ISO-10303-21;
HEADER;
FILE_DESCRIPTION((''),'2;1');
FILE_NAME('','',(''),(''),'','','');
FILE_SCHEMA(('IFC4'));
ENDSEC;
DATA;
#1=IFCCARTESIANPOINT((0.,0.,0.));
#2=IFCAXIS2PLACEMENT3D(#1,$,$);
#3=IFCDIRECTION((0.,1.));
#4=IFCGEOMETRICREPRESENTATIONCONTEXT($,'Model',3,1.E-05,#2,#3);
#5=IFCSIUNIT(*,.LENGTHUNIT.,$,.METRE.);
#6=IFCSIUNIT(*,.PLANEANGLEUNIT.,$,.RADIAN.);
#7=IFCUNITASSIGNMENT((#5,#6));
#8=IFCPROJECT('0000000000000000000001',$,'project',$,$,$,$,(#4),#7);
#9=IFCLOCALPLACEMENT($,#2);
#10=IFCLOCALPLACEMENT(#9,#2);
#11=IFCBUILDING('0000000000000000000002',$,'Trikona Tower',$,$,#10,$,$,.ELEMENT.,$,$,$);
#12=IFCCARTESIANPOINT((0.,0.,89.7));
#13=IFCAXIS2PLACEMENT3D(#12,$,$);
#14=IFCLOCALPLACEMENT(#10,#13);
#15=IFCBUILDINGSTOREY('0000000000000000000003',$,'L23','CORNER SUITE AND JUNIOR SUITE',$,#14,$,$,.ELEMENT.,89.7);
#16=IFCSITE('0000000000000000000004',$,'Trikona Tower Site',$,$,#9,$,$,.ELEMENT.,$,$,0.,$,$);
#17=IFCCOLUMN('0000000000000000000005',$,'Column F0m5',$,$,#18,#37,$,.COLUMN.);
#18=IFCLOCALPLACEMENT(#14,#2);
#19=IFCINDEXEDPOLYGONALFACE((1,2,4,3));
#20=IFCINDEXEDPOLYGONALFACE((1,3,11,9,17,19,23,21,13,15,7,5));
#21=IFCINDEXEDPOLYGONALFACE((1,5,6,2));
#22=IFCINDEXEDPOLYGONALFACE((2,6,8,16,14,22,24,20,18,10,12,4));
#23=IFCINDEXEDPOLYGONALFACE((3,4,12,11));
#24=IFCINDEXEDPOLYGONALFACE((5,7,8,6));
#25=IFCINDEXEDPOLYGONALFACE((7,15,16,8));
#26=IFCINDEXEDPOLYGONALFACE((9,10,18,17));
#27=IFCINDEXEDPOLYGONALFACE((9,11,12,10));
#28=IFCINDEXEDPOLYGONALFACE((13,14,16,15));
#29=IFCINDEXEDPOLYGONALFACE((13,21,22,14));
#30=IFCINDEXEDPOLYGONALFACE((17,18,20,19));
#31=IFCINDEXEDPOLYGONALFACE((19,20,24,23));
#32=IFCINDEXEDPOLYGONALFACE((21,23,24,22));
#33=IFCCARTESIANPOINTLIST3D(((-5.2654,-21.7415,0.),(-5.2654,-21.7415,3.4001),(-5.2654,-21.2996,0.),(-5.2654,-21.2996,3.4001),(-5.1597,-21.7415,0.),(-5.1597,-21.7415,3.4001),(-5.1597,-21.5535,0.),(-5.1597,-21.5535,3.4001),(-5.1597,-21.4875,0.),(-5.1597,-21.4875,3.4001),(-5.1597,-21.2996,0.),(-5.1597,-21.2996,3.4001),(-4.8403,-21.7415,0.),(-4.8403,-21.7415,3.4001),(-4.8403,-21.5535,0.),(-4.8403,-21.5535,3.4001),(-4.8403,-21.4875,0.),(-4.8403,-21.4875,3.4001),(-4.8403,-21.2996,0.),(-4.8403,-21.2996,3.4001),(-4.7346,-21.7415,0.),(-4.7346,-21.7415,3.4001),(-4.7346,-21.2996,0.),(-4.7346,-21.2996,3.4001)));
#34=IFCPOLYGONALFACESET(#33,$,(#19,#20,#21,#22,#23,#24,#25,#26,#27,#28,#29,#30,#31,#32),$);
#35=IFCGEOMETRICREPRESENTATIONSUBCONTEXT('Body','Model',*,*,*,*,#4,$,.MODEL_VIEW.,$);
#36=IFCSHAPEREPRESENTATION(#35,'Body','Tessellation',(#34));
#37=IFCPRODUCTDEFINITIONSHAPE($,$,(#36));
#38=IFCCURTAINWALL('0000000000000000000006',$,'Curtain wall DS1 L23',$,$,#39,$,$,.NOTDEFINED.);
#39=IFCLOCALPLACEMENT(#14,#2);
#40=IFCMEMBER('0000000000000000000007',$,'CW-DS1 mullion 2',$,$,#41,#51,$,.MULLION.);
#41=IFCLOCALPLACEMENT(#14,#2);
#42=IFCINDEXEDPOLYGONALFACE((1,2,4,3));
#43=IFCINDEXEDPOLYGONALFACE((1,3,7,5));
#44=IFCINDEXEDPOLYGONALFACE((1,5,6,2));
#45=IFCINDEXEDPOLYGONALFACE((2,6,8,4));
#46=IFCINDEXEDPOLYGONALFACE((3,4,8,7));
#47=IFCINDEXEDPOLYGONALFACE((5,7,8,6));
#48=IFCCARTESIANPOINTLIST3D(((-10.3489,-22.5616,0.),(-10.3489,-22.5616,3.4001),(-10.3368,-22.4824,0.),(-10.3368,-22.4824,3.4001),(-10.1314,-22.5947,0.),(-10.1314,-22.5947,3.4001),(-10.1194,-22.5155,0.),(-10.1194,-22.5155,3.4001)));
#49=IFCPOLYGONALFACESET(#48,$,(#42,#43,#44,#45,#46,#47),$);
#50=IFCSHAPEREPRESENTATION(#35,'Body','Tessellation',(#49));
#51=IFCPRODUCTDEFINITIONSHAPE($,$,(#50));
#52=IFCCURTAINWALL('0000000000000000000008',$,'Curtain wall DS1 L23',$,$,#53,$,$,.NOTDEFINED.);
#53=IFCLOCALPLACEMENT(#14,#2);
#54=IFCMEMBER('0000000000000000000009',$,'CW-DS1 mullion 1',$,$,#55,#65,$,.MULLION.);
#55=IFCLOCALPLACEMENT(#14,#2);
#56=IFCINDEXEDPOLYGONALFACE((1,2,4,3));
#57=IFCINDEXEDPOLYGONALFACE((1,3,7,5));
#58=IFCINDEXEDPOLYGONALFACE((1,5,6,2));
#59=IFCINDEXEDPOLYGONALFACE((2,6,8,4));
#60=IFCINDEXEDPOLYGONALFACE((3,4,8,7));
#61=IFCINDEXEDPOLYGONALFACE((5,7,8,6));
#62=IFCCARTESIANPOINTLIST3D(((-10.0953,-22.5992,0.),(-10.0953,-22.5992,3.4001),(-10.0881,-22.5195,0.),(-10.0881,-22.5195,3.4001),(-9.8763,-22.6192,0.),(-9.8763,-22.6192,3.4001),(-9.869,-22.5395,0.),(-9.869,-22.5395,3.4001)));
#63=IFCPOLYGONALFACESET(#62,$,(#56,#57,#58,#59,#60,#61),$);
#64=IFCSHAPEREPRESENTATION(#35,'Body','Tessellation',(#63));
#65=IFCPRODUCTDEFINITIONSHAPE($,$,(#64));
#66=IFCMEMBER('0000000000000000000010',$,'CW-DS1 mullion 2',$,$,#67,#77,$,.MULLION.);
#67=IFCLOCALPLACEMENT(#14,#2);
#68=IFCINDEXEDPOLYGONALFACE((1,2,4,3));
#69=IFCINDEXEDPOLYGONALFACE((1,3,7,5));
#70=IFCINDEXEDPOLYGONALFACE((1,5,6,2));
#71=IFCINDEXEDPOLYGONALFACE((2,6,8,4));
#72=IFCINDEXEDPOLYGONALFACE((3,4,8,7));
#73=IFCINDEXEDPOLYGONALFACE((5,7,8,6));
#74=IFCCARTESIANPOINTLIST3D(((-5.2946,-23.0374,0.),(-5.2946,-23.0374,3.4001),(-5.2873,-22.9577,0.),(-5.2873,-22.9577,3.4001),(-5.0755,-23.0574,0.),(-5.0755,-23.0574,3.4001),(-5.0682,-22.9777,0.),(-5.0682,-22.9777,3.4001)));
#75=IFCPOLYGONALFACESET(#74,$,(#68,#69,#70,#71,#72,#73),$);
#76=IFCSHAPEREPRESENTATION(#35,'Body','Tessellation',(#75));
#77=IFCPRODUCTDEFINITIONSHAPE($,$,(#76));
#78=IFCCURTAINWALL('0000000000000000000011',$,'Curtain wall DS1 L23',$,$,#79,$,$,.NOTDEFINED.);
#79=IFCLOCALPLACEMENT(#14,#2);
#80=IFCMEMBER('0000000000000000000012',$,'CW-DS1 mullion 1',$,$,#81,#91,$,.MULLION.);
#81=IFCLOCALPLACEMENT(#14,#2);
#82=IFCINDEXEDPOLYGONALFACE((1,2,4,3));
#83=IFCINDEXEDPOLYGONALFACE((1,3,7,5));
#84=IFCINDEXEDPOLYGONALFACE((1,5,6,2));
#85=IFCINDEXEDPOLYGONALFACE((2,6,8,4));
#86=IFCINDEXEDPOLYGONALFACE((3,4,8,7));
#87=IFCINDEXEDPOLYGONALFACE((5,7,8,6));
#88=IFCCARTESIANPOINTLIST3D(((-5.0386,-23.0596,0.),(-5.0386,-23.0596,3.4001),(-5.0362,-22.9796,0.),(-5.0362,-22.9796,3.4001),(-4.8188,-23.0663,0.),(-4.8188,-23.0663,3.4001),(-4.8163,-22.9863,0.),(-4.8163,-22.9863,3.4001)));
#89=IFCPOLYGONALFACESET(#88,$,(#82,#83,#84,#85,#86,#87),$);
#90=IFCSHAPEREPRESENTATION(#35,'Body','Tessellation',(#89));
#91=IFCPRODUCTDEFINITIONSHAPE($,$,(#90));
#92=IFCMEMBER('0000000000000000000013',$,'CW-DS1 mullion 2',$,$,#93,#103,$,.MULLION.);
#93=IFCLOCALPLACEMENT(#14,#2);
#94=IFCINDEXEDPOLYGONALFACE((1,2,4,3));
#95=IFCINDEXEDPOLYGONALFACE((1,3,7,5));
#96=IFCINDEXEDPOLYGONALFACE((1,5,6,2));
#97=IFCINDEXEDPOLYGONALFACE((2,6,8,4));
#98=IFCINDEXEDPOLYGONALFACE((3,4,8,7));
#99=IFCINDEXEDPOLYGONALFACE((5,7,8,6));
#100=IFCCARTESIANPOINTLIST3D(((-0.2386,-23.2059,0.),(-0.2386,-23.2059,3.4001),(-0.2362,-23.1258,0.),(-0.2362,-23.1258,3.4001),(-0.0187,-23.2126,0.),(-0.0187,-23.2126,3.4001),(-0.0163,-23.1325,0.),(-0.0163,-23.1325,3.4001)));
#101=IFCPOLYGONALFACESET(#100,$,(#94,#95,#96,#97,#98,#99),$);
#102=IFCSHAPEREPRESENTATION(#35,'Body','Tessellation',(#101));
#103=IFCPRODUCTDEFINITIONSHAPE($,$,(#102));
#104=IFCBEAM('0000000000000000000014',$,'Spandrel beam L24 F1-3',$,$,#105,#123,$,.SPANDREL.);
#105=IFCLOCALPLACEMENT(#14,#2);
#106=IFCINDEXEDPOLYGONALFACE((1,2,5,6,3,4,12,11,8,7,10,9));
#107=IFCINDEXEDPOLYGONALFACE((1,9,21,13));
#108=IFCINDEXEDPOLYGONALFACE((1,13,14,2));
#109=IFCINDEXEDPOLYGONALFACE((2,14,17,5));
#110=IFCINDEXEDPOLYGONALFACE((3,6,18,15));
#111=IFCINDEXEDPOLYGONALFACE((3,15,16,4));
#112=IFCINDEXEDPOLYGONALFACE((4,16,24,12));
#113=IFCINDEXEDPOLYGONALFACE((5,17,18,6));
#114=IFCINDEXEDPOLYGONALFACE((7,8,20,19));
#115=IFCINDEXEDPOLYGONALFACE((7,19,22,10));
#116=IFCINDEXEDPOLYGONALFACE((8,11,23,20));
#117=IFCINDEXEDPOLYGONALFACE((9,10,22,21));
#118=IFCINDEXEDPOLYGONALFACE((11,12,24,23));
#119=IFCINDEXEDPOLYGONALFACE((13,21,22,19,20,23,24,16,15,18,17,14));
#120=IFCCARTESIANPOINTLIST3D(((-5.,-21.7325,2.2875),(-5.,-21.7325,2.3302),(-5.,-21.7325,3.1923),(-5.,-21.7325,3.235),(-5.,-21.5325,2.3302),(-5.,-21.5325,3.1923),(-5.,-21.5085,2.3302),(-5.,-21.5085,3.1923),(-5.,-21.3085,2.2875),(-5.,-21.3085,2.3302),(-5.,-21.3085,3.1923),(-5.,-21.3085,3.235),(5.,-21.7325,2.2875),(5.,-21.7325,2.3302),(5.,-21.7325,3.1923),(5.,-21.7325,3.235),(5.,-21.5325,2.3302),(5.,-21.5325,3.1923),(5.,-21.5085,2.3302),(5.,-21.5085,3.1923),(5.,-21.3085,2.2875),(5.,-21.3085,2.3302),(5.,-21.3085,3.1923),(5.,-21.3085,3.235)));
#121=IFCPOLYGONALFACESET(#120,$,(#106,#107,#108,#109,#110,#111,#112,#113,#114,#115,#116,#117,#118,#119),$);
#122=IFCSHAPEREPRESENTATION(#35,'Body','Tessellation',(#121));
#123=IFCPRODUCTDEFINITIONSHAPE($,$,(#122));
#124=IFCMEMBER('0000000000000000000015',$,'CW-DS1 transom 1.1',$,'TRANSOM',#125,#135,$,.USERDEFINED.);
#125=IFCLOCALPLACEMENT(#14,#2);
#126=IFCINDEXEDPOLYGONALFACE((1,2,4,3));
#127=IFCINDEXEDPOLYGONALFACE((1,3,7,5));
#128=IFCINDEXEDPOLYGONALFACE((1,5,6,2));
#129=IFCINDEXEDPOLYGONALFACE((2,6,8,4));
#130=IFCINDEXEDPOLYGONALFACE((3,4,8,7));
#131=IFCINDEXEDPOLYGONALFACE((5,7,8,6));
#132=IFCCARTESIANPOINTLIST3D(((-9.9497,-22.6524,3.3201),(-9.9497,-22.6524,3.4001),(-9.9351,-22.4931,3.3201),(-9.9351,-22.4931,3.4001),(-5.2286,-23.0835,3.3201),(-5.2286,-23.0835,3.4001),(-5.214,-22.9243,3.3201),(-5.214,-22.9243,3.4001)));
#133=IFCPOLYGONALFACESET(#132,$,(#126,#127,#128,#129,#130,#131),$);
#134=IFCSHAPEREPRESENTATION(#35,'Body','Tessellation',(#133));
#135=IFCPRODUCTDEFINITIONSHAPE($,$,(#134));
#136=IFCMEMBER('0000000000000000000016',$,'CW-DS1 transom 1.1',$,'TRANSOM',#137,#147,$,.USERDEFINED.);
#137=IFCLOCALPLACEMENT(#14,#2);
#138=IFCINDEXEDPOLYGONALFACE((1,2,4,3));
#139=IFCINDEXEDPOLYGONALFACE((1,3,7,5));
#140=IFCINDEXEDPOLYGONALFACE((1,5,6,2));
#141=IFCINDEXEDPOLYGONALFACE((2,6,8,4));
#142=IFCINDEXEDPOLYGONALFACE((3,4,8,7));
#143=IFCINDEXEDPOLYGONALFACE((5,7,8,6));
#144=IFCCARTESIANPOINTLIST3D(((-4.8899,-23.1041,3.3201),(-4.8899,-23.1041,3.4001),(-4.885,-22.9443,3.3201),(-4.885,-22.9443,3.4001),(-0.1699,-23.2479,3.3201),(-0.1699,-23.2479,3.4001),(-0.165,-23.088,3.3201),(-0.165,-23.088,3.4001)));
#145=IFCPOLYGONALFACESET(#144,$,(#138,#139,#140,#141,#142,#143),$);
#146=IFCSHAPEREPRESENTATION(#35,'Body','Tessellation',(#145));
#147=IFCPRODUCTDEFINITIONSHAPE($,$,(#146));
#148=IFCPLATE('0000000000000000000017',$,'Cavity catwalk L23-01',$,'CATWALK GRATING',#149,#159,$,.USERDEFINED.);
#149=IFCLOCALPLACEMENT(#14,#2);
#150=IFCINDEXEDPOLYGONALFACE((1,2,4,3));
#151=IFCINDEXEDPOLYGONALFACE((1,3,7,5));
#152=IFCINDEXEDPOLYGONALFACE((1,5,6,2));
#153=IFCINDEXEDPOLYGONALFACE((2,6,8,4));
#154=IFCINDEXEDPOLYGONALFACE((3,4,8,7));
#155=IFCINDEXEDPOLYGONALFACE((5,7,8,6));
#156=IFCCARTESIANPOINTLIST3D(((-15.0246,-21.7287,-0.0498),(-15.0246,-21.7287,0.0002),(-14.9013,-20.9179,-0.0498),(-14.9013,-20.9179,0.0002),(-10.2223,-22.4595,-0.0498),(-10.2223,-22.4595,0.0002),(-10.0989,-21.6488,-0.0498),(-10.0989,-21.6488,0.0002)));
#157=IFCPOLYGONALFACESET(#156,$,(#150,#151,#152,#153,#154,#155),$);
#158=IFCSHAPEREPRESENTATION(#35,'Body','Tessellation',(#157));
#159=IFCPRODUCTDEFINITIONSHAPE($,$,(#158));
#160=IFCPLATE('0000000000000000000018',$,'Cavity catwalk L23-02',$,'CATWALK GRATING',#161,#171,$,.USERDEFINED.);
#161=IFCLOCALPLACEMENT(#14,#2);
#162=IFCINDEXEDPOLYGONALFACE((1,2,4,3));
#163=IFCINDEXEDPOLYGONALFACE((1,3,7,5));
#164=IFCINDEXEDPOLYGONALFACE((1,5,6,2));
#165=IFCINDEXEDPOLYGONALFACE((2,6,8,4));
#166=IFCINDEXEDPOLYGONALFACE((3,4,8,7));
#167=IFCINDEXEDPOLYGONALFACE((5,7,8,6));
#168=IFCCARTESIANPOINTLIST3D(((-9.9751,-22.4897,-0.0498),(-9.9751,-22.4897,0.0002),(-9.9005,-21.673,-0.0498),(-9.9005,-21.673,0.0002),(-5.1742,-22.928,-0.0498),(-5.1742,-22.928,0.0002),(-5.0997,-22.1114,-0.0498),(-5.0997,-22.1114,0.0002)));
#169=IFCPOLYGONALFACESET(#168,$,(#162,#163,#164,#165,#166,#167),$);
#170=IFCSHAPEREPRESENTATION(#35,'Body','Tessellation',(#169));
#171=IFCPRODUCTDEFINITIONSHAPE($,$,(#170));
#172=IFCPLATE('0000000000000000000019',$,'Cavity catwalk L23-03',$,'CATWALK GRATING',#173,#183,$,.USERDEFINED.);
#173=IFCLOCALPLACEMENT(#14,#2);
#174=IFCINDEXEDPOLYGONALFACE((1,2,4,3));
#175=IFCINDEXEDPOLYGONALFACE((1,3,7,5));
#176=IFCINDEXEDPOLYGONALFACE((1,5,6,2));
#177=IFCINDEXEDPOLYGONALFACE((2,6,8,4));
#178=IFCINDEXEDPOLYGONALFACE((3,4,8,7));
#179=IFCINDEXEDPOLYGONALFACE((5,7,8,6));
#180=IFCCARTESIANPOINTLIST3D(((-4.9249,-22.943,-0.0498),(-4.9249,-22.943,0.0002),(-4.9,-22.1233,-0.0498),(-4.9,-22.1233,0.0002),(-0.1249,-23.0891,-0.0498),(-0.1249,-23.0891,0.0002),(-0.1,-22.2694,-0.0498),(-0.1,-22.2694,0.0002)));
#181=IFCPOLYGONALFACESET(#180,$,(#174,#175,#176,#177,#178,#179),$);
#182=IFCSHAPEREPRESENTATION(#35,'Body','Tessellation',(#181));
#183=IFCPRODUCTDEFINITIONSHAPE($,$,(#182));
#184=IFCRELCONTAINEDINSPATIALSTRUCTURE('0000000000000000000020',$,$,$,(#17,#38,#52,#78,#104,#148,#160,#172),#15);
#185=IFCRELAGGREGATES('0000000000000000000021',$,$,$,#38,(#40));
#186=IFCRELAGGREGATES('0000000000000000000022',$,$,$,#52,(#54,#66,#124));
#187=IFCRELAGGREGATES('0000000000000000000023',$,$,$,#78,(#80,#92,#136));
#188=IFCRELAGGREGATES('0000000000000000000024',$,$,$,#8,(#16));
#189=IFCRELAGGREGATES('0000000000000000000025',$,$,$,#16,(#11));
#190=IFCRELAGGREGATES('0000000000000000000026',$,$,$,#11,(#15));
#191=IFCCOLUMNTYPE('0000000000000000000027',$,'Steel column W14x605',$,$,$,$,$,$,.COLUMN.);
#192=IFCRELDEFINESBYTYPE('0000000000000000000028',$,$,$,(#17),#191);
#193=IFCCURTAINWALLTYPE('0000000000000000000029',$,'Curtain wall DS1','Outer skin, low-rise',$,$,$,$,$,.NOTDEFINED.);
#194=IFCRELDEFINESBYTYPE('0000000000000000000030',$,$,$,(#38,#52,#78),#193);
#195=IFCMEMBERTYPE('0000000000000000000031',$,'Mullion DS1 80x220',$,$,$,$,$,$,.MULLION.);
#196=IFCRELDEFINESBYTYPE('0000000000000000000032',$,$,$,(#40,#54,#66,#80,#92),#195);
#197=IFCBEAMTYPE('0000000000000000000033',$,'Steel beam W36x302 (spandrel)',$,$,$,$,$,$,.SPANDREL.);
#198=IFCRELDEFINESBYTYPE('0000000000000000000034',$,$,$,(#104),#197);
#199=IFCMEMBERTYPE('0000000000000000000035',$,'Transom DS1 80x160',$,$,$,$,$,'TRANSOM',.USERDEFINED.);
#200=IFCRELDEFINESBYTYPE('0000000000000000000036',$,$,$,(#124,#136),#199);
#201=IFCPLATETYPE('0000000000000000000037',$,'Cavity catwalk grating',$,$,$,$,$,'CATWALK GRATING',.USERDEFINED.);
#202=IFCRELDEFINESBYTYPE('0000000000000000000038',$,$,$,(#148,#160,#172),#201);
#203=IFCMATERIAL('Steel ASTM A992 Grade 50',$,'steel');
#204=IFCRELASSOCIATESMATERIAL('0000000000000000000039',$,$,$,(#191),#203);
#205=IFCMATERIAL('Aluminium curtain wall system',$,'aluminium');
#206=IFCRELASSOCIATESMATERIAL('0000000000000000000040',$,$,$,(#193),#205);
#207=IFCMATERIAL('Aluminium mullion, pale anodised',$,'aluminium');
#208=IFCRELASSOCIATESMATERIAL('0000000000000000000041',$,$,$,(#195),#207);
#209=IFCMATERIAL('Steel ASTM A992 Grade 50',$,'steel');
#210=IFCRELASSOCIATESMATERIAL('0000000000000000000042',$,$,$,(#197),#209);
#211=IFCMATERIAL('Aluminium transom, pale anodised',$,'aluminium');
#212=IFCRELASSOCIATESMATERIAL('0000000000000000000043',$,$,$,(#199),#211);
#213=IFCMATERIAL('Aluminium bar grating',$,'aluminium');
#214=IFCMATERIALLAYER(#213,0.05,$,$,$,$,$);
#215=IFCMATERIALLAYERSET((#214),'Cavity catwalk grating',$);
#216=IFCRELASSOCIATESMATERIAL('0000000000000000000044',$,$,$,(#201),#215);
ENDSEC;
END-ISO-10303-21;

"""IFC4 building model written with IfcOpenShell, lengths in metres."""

from ifc_helpers import new_model, si_unit, direction, frame, origin, origin_2d, place, context, subcontext, project, spatial, rectangle, i_section, extrude, material, layer, layer_set, material_profile, profile_set, type_object, element, aggregate, save


model = new_model("IFC4")

# Units and contexts
model_context = context("Model", 3, precision=1e-05, world=origin(), true_north=direction((0.0, 1.0)))
body_context = subcontext(model_context, "Body", "Model", "MODEL_VIEW")
ifc_project = project(units=[si_unit("LENGTHUNIT", "METRE"), si_unit("PLANEANGLEUNIT", "RADIAN")], contexts=[model_context])

# Site, building, storey
site_placement = place(None, origin())
site = spatial("IfcSite", under=ifc_project, at=site_placement, Name="Trikona Tower Site", CompositionType="ELEMENT", RefElevation=0.0)
building_placement = place(site_placement, origin())
building = spatial("IfcBuilding", under=site, at=building_placement, Name="Trikona Tower", CompositionType="ELEMENT")
storey_placement = place(building_placement, frame((0.0, 0.0, 89.7)))
storey = spatial("IfcBuildingStorey", under=building, at=storey_placement, Name="L23", Description="CORNER SUITE AND JUNIOR SUITE", CompositionType="ELEMENT", Elevation=89.7)

# Column
ifc_material_1 = material(Name="Steel ASTM A992 Grade 50", Category="steel")
ifc_material_profile_1 = material_profile(ifc_material_1, i_section(OverallWidth=0.4419, OverallDepth=0.5308, WebThickness=0.0659, FlangeThickness=0.1057, at=origin_2d()), Name="W14X605")
ifc_profile_set_1 = profile_set([ifc_material_profile_1], Name="Steel ASTM A992 Grade 50")
column_type = type_object("IfcColumnType", Name="Steel column W14x605", PredefinedType="COLUMN", material=ifc_profile_set_1)
column_placement = place(storey_placement, frame((-5.0, -21.5205, 0.0), z_axis=(0.0, 0.0, 1.0), x_axis=(0.0, -1.0, 0.0)))
element("IfcColumn", 1, at=column_placement, inside=storey, type_object=column_type, Name="Column F0m5", PredefinedType="COLUMN", context=body_context, shape_type="SweptSolid", body=[
    extrude(i_section(OverallWidth=0.4419, OverallDepth=0.5308, WebThickness=0.0659, FlangeThickness=0.1057, at=origin_2d()), origin(), (0.0, 0.0, 1.0), 3.4001),
])

# Curtain wall, member
ifc_material_2 = material(Name="Aluminium curtain wall system", Category="aluminium")
curtain_wall_type = type_object("IfcCurtainWallType", Name="Curtain wall DS1", Description="Outer skin, low-rise", PredefinedType="NOTDEFINED", material=ifc_material_2)
curtain_wall_1_placement = place(storey_placement, origin())
curtain_wall_1 = element("IfcCurtainWall", 2, at=curtain_wall_1_placement, inside=storey, type_object=curtain_wall_type, Name="Curtain wall DS1 L23", PredefinedType="NOTDEFINED")
ifc_material_3 = material(Name="Aluminium mullion, pale anodised", Category="aluminium")
ifc_material_profile_2 = material_profile(ifc_material_3, rectangle(XDim=0.0801, YDim=0.22, at=origin_2d()), Name="MUL-DS1")
ifc_profile_set_2 = profile_set([ifc_material_profile_2], Name="Aluminium mullion, pale anodised")
member_type_1 = type_object("IfcMemberType", Name="Mullion DS1 80x220", PredefinedType="MULLION", material=ifc_profile_set_2)
member_1_placement = place(storey_placement, frame((-10.2341, -22.5386, 0.0), z_axis=(0.0, 0.0, 1.0), x_axis=(0.150438, 0.988619, 0.0)))
member_1 = element("IfcMember", 3, at=member_1_placement, type_object=member_type_1, Name="CW-DS1 mullion 2", PredefinedType="MULLION", context=body_context, shape_type="SweptSolid", body=[
    extrude(rectangle(XDim=0.0801, YDim=0.22, at=origin_2d()), origin(), (0.0, 0.0, 1.0), 3.4001),
])

# Curtain walls, members
curtain_wall_2_placement = place(storey_placement, origin())
curtain_wall_2 = element("IfcCurtainWall", 4, at=curtain_wall_2_placement, inside=storey, type_object=curtain_wall_type, Name="Curtain wall DS1 L23", PredefinedType="NOTDEFINED")
member_2_placement = place(storey_placement, frame((-9.9822, -22.5693, 0.0), z_axis=(0.0, 0.0, 1.0), x_axis=(0.090924, 0.995858, 0.0)))
member_2 = element("IfcMember", 5, at=member_2_placement, type_object=member_type_1, Name="CW-DS1 mullion 1", PredefinedType="MULLION", context=body_context, shape_type="SweptSolid", body=[
    extrude(rectangle(XDim=0.0801, YDim=0.22, at=origin_2d()), origin(), (0.0, 0.0, 1.0), 3.4001),
])
member_3_placement = place(storey_placement, frame((-5.1814, -23.0076, 0.0), z_axis=(0.0, 0.0, 1.0), x_axis=(0.090924, 0.995858, 0.0)))
member_3 = element("IfcMember", 6, at=member_3_placement, type_object=member_type_1, Name="CW-DS1 mullion 2", PredefinedType="MULLION", context=body_context, shape_type="SweptSolid", body=[
    extrude(rectangle(XDim=0.0801, YDim=0.22, at=origin_2d()), origin(), (0.0, 0.0, 1.0), 3.4001),
])
curtain_wall_3_placement = place(storey_placement, origin())
curtain_wall_3 = element("IfcCurtainWall", 7, at=curtain_wall_3_placement, inside=storey, type_object=curtain_wall_type, Name="Curtain wall DS1 L23", PredefinedType="NOTDEFINED")
member_4_placement = place(storey_placement, frame((-4.9275, -23.0229, 0.0), z_axis=(0.0, 0.0, 1.0), x_axis=(0.030437, 0.999537, 0.0)))
member_4 = element("IfcMember", 8, at=member_4_placement, type_object=member_type_1, Name="CW-DS1 mullion 1", PredefinedType="MULLION", context=body_context, shape_type="SweptSolid", body=[
    extrude(rectangle(XDim=0.0801, YDim=0.22, at=origin_2d()), origin(), (0.0, 0.0, 1.0), 3.4001),
])
member_5_placement = place(storey_placement, frame((-0.1274, -23.1692, 0.0), z_axis=(0.0, 0.0, 1.0), x_axis=(0.030437, 0.999537, 0.0)))
member_5 = element("IfcMember", 9, at=member_5_placement, type_object=member_type_1, Name="CW-DS1 mullion 2", PredefinedType="MULLION", context=body_context, shape_type="SweptSolid", body=[
    extrude(rectangle(XDim=0.0801, YDim=0.22, at=origin_2d()), origin(), (0.0, 0.0, 1.0), 3.4001),
])

# Beam
ifc_material_4 = material(Name="Steel ASTM A992 Grade 50", Category="steel")
ifc_material_profile_3 = material_profile(ifc_material_4, i_section(OverallWidth=0.4241, OverallDepth=0.9475, WebThickness=0.0239, FlangeThickness=0.0427, at=origin_2d()), Name="W36X302")
ifc_profile_set_3 = profile_set([ifc_material_profile_3], Name="Steel ASTM A992 Grade 50")
beam_type = type_object("IfcBeamType", Name="Steel beam W36x302 (spandrel)", PredefinedType="SPANDREL", material=ifc_profile_set_3)
beam_placement = place(storey_placement, frame((-5.0, -21.5205, 2.7612), z_axis=(1.0, 0.0, 0.0), x_axis=(0.0, 1.0, 0.0)))
element("IfcBeam", 10, at=beam_placement, inside=storey, type_object=beam_type, Name="Spandrel beam L24 F1-3", PredefinedType="SPANDREL", context=body_context, shape_type="SweptSolid", body=[
    extrude(i_section(OverallWidth=0.4241, OverallDepth=0.9475, WebThickness=0.0239, FlangeThickness=0.0427, at=origin_2d()), origin(), (0.0, 0.0, 1.0), 10.0),
])

# Members
ifc_material_5 = material(Name="Aluminium transom, pale anodised", Category="aluminium")
ifc_material_profile_4 = material_profile(ifc_material_5, rectangle(XDim=0.1599, YDim=0.0801, at=origin_2d()), Name="TRN-DS1")
ifc_profile_set_4 = profile_set([ifc_material_profile_4], Name="Aluminium transom, pale anodised")
member_type_2 = type_object("IfcMemberType", Name="Transom DS1 80x160", ElementType="TRANSOM", PredefinedType="USERDEFINED", material=ifc_profile_set_4)
member_6_placement = place(storey_placement, frame((-9.9424, -22.5728, 3.3601), z_axis=(0.995856, -0.090944, 0.0), x_axis=(0.090944, 0.995856, 0.0)))
member_6 = element("IfcMember", 11, at=member_6_placement, type_object=member_type_2, Name="CW-DS1 transom 1.1", ObjectType="TRANSOM", PredefinedType="USERDEFINED", context=body_context, shape_type="SweptSolid", body=[
    extrude(rectangle(XDim=0.1599, YDim=0.0801, at=origin_2d()), origin(), (0.0, 0.0, 1.0), 4.7407),
])
member_7_placement = place(storey_placement, frame((-4.8875, -23.0242, 3.3601), z_axis=(0.999536, -0.030452, 0.0), x_axis=(0.030452, 0.999536, 0.0)))
member_7 = element("IfcMember", 12, at=member_7_placement, type_object=member_type_2, Name="CW-DS1 transom 1.1", ObjectType="TRANSOM", PredefinedType="USERDEFINED", context=body_context, shape_type="SweptSolid", body=[
    extrude(rectangle(XDim=0.1599, YDim=0.0801, at=origin_2d()), origin(), (0.0, 0.0, 1.0), 4.7222),
])

# Plates
ifc_material_6 = material(Name="Aluminium bar grating", Category="aluminium")
ifc_layer_1 = layer(ifc_material_6, 0.05)
ifc_layer_set_1 = layer_set([ifc_layer_1], Name="Cavity catwalk grating")
plate_type_1 = type_object("IfcPlateType", Name="Cavity catwalk grating", ElementType="CATWALK GRATING", PredefinedType="USERDEFINED", material=ifc_layer_set_1)
plate_1_placement = place(storey_placement, frame((-12.5618, -21.6887, -0.0498), z_axis=(0.0, 0.0, 1.0), x_axis=(0.988618, -0.150448, 0.0)))
element("IfcPlate", 13, at=plate_1_placement, inside=storey, type_object=plate_type_1, Name="Cavity catwalk L23-01", ObjectType="CATWALK GRATING", PredefinedType="USERDEFINED", context=body_context, shape_type="SweptSolid", body=[
    extrude(rectangle(XDim=4.8577, YDim=0.8201, at=origin_2d()), origin(), (0.0, 0.0, 1.0), 0.05),
])
plate_2_placement = place(storey_placement, frame((-7.5374, -22.3005, -0.0498), z_axis=(0.0, 0.0, 1.0), x_axis=(0.995858, -0.090921, 0.0)))
element("IfcPlate", 14, at=plate_2_placement, inside=storey, type_object=plate_type_1, Name="Cavity catwalk L23-02", ObjectType="CATWALK GRATING", PredefinedType="USERDEFINED", context=body_context, shape_type="SweptSolid", body=[
    extrude(rectangle(XDim=4.8208, YDim=0.8201, at=origin_2d()), origin(), (0.0, 0.0, 1.0), 0.05),
])
plate_3_placement = place(storey_placement, frame((-2.5125, -22.6062, -0.0498), z_axis=(0.0, 0.0, 1.0), x_axis=(0.999537, -0.030425, 0.0)))
element("IfcPlate", 15, at=plate_3_placement, inside=storey, type_object=plate_type_1, Name="Cavity catwalk L23-03", ObjectType="CATWALK GRATING", PredefinedType="USERDEFINED", context=body_context, shape_type="SweptSolid", body=[
    extrude(rectangle(XDim=4.8022, YDim=0.8201, at=origin_2d()), origin(), (0.0, 0.0, 1.0), 0.05),
])

aggregate(curtain_wall_1, [member_1])
aggregate(curtain_wall_2, [member_2, member_3, member_6])
aggregate(curtain_wall_3, [member_4, member_5, member_7])

save(model, "model.ifc")
